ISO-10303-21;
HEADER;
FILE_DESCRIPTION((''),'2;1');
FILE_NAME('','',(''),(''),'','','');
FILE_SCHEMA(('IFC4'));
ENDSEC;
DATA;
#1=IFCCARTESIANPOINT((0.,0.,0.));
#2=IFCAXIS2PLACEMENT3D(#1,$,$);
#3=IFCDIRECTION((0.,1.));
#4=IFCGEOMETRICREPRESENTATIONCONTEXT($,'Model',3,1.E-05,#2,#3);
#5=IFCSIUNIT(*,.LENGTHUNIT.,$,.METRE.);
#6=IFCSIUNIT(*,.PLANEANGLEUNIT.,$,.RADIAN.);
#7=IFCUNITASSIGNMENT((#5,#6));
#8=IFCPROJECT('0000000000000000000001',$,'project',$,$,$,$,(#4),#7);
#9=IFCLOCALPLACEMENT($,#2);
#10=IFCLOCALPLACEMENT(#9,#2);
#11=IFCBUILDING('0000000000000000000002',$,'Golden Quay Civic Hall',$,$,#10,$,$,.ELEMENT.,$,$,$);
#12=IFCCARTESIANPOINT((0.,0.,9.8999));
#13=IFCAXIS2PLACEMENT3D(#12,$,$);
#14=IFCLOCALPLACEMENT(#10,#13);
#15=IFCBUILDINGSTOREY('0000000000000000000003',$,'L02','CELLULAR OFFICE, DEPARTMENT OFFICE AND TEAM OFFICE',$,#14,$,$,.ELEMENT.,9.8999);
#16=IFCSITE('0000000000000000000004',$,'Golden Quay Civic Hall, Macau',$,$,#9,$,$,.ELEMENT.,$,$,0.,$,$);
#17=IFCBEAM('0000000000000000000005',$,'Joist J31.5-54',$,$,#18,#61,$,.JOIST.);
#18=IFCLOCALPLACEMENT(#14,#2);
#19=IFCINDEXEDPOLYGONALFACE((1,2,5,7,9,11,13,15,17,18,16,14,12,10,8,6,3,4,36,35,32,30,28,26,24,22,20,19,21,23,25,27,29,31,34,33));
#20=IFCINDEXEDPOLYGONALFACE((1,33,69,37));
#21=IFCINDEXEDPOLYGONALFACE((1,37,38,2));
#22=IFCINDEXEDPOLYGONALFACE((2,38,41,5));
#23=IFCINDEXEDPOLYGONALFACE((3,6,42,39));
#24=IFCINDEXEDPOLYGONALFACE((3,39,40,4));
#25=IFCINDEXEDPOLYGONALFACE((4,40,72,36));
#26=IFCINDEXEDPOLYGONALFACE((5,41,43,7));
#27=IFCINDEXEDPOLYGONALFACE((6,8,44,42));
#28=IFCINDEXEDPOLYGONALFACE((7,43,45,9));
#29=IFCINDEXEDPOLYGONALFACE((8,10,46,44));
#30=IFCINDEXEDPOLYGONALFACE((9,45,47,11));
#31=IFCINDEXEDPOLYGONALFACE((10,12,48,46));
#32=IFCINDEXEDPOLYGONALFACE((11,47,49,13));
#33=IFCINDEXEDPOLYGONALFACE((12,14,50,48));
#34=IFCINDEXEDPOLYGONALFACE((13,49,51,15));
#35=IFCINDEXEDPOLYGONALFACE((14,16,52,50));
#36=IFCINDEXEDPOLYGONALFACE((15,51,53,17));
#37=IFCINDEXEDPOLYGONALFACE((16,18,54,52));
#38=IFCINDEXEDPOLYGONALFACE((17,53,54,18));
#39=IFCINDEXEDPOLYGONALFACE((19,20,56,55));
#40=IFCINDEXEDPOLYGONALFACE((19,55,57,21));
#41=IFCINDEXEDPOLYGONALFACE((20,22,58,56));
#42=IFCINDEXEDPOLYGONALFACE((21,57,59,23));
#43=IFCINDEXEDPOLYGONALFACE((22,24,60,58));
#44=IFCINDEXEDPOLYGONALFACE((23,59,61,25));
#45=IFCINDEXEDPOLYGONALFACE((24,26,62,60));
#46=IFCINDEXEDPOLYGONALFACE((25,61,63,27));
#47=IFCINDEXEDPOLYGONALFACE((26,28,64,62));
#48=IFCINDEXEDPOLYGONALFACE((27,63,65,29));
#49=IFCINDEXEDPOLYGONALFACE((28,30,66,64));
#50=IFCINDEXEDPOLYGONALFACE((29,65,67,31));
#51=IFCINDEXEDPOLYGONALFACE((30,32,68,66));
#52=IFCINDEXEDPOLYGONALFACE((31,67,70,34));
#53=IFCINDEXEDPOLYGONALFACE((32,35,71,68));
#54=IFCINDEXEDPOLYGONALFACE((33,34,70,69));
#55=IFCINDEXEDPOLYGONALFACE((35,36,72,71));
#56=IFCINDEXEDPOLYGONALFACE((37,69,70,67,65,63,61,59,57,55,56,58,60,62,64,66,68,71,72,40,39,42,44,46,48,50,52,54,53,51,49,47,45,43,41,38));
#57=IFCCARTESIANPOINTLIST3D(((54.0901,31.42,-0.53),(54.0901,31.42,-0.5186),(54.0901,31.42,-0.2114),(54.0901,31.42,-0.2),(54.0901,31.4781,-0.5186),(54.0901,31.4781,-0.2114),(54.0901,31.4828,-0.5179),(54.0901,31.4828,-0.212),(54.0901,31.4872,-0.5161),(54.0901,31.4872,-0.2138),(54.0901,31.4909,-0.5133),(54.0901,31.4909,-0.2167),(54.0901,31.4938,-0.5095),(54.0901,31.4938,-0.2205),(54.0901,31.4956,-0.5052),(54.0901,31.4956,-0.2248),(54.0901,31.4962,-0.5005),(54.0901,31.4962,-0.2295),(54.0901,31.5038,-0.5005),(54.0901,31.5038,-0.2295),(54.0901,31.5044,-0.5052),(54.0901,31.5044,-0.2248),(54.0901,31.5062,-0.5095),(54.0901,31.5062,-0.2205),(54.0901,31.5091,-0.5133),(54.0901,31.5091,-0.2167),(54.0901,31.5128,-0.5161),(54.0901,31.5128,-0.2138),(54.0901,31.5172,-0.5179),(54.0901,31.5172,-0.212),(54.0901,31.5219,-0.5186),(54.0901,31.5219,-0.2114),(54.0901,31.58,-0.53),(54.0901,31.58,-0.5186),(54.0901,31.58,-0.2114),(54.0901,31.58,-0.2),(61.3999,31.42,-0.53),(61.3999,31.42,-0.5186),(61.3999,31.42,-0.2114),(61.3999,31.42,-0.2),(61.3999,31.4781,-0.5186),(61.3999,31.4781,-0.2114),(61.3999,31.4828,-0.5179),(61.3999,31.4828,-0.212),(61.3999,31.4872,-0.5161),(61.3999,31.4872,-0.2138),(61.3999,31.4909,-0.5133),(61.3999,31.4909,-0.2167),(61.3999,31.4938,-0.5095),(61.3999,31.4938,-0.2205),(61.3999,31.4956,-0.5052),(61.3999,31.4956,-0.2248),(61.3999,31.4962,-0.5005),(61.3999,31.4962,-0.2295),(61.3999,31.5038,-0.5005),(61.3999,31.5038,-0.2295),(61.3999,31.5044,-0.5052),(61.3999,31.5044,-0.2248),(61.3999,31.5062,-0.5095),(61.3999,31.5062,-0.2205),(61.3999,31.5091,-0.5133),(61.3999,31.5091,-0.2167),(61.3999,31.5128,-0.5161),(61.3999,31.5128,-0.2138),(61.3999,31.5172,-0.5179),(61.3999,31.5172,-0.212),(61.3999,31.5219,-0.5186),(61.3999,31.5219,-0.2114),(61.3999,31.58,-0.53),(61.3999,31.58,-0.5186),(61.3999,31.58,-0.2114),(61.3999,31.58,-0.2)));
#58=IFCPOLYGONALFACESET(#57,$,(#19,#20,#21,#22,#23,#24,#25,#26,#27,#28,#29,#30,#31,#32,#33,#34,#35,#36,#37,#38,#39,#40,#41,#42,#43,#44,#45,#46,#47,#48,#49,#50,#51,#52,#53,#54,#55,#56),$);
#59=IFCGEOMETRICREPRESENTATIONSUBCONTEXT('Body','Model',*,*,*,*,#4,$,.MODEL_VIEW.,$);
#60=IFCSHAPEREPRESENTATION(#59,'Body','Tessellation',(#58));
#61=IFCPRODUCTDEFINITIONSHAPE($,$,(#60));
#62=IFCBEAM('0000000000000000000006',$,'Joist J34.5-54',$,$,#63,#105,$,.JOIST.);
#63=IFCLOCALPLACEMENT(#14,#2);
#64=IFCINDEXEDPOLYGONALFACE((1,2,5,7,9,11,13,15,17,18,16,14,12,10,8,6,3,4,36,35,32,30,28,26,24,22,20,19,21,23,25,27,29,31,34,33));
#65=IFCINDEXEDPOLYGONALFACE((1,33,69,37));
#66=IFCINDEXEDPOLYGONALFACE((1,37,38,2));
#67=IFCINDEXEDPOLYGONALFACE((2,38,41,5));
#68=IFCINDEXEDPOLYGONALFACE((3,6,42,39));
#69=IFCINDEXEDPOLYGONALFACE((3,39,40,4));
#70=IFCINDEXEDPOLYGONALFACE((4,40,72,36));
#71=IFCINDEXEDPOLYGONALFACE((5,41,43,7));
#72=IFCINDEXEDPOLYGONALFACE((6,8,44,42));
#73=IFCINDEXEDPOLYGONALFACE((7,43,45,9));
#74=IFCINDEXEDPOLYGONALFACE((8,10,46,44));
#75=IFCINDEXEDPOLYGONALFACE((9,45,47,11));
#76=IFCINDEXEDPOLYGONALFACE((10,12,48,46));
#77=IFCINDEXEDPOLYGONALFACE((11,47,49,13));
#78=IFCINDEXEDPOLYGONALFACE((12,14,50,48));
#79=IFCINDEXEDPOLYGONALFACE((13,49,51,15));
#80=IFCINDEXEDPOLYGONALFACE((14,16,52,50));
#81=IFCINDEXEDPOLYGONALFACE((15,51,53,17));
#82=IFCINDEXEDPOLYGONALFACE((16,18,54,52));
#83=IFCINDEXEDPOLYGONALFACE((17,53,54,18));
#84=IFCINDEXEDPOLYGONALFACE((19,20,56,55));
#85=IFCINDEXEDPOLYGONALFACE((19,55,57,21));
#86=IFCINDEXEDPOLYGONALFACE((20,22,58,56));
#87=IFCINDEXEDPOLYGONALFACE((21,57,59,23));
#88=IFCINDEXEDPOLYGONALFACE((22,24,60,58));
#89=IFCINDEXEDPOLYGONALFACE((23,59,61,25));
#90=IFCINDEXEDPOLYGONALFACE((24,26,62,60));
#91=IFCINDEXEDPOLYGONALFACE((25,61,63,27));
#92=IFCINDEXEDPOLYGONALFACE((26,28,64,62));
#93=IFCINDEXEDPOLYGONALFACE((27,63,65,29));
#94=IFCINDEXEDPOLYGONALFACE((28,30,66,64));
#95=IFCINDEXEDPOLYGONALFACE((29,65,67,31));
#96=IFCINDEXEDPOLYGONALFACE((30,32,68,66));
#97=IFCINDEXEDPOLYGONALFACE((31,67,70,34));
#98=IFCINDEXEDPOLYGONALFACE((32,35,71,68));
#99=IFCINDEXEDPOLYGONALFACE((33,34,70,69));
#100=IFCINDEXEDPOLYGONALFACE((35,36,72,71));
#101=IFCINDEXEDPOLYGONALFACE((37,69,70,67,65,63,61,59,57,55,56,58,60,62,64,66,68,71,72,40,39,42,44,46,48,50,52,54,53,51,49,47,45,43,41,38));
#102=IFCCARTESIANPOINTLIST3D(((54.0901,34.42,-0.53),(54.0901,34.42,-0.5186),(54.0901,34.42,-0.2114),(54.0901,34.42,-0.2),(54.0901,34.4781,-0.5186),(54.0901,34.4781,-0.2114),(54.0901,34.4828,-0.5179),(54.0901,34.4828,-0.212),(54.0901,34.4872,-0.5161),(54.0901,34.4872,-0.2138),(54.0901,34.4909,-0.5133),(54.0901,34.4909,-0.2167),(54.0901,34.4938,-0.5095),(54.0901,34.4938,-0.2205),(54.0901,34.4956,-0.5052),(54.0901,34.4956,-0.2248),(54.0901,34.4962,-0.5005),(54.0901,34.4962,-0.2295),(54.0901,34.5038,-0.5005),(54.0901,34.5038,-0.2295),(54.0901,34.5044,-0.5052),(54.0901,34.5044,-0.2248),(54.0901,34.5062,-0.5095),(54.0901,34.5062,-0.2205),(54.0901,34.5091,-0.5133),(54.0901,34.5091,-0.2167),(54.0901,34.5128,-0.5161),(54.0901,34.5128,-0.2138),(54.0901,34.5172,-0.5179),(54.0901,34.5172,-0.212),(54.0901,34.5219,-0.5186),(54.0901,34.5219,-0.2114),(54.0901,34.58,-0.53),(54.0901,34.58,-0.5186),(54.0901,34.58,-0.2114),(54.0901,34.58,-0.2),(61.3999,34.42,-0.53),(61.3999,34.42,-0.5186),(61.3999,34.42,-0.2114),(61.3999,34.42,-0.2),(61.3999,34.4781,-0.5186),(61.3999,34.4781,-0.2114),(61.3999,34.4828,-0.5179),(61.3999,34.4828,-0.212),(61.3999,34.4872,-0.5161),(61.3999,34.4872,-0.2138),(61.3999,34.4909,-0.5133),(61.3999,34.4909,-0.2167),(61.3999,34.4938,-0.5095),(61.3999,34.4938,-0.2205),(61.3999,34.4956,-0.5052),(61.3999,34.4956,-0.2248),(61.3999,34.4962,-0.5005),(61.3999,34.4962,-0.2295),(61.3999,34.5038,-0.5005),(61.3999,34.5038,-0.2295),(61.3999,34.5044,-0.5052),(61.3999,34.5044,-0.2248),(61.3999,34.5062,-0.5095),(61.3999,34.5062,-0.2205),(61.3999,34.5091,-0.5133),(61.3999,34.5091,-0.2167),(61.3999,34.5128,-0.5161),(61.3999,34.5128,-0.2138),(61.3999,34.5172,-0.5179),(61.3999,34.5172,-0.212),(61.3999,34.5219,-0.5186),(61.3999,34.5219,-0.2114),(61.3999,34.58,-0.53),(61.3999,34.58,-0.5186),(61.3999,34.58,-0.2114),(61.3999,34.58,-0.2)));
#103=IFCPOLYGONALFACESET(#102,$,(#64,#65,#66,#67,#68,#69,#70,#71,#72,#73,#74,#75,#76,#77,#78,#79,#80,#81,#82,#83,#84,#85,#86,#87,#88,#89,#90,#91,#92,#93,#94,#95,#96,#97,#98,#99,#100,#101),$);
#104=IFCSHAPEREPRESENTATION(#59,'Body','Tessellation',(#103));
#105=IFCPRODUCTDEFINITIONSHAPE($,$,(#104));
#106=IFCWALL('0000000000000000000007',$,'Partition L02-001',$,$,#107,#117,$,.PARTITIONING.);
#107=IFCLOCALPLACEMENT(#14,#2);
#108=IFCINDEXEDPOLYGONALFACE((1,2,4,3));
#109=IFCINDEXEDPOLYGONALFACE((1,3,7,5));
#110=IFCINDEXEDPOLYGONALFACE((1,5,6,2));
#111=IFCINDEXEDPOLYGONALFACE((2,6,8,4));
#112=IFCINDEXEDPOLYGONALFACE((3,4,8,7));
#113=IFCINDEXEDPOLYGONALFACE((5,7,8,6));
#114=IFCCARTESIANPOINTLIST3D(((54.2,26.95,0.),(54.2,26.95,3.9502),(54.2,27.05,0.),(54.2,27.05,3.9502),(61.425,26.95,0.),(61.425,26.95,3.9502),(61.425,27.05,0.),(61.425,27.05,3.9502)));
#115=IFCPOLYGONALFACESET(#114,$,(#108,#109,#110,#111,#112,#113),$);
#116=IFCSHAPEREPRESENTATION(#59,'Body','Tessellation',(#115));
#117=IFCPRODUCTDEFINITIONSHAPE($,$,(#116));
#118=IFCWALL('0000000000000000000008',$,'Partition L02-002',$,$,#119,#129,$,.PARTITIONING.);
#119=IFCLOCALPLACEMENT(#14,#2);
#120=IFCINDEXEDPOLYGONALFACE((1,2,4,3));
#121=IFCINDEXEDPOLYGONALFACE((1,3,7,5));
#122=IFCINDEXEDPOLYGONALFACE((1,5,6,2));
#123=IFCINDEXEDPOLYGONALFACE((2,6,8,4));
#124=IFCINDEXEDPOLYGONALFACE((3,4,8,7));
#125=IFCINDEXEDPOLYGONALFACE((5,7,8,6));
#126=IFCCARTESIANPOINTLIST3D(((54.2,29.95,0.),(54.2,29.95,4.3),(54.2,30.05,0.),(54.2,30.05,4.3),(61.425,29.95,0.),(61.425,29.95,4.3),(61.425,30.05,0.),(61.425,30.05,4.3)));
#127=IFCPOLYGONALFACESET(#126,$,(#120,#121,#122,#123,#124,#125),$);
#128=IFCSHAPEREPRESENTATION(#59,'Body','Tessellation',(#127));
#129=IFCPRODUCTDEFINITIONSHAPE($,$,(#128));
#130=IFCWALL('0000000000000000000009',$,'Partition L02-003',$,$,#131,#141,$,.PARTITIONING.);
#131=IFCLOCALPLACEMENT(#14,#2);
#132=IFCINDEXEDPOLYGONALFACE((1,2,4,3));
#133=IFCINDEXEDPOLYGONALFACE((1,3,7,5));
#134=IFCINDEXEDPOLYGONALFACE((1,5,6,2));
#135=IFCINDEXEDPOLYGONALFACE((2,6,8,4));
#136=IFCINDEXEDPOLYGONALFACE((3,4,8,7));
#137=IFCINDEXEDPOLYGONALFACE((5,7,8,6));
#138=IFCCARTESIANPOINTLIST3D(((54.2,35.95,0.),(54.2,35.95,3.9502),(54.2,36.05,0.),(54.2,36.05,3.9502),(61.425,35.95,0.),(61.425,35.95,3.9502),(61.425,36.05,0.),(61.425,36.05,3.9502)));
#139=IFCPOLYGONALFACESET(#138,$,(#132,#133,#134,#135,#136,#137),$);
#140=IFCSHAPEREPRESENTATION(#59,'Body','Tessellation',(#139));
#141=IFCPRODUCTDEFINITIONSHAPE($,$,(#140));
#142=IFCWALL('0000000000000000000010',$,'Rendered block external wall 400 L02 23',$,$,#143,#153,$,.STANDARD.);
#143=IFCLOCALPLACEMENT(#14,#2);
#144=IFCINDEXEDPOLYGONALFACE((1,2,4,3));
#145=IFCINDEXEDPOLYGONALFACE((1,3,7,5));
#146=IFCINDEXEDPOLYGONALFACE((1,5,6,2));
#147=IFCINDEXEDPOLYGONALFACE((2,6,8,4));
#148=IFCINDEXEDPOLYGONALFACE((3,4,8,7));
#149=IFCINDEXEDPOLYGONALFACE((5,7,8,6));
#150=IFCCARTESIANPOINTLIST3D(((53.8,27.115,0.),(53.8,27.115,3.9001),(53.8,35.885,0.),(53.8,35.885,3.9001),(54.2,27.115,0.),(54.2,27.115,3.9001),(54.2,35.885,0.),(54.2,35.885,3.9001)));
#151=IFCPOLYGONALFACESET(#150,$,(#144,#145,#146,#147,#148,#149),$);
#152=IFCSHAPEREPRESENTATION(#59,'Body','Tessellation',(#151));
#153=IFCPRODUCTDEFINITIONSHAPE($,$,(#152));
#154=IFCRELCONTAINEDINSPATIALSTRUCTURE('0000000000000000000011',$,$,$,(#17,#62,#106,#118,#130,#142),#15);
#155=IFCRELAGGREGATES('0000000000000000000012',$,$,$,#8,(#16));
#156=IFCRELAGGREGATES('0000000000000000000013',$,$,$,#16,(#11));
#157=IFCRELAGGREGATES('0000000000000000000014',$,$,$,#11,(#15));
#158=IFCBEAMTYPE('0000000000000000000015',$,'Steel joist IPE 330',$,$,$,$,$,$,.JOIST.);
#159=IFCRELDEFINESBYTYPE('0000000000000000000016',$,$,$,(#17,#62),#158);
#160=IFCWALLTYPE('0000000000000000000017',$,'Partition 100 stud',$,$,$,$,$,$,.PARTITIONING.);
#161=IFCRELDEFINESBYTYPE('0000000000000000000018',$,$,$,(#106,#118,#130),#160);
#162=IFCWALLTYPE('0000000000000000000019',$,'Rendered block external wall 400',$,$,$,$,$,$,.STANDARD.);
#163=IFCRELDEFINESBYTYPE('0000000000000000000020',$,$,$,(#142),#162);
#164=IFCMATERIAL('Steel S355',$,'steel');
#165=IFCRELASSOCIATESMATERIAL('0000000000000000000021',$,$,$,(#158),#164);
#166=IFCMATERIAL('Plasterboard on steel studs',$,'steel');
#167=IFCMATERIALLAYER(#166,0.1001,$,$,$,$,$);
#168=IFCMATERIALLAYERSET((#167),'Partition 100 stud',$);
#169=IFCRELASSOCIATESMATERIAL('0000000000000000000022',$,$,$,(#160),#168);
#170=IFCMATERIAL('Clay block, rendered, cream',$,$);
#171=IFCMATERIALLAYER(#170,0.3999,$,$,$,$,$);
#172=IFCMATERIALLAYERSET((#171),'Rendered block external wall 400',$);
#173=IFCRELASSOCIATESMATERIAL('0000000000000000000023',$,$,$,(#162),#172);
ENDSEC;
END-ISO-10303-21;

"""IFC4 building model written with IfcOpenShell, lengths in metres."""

from ifc_helpers import new_model, si_unit, direction, frame, frame_2d, origin, origin_2d, place, context, subcontext, project, spatial, rectangle, i_section, extrude, material, layer, layer_set, material_profile, profile_set, type_object, element, save


model = new_model("IFC4")

# Units and contexts
model_context = context("Model", 3, precision=1e-05, world=origin(), true_north=direction((0.0, 1.0)))
body_context = subcontext(model_context, "Body", "Model", "MODEL_VIEW")
ifc_project = project(units=[si_unit("LENGTHUNIT", "METRE"), si_unit("PLANEANGLEUNIT", "RADIAN")], contexts=[model_context])

# Site, building, storey
site_placement = place(None, origin())
site = spatial("IfcSite", under=ifc_project, at=site_placement, Name="Golden Quay Civic Hall, Macau", CompositionType="ELEMENT", RefElevation=0.0)
building_placement = place(site_placement, origin())
building = spatial("IfcBuilding", under=site, at=building_placement, Name="Golden Quay Civic Hall", CompositionType="ELEMENT")
storey_placement = place(building_placement, frame((0.0, 0.0, 9.8999)))
storey = spatial("IfcBuildingStorey", under=building, at=storey_placement, Name="L02", Description="CELLULAR OFFICE, DEPARTMENT OFFICE AND TEAM OFFICE", CompositionType="ELEMENT", Elevation=9.8999)

# Beams
ifc_material_1 = material(Name="Steel S355", Category="steel")
ifc_material_profile_1 = material_profile(ifc_material_1, i_section(OverallWidth=0.1599, OverallDepth=0.3301, WebThickness=0.0076, FlangeThickness=0.0115, FilletRadius=0.0181, at=origin_2d()), Name="IPE 330")
ifc_profile_set_1 = profile_set([ifc_material_profile_1], Name="Steel S355")
beam_type_1 = type_object("IfcBeamType", Name="Steel joist IPE 330", PredefinedType="JOIST", material=ifc_profile_set_1)
for number, where, z_axis, x_axis, name in (
    (1, (54.0901, 31.5, -0.365), (1.0, 0.0, 0.0), (0.0, 1.0, 0.0), "Joist J31.5-54"),
    (2, (54.0901, 34.5, -0.365), (1.0, 0.0, 0.0), (0.0, 1.0, 0.0), "Joist J34.5-54"),
):
    element("IfcBeam", number, at=place(storey_placement, frame(where, z_axis=z_axis, x_axis=x_axis)), inside=storey, type_object=beam_type_1, Name=name, PredefinedType="JOIST", context=body_context, shape_type="SweptSolid", body=[
        extrude(i_section(OverallWidth=0.1599, OverallDepth=0.3301, WebThickness=0.0076, FlangeThickness=0.0115, FilletRadius=0.0181, at=origin_2d()), origin(), (0.0, 0.0, 1.0), 7.3098),
    ])

# Walls
ifc_material_2 = material(Name="Plasterboard on steel studs", Category="steel")
ifc_layer_1 = layer(ifc_material_2, 0.1001)
ifc_layer_set_1 = layer_set([ifc_layer_1], Name="Partition 100 stud")
wall_type_1 = type_object("IfcWallType", Name="Partition 100 stud", PredefinedType="PARTITIONING", material=ifc_layer_set_1)
wall_1_placement = place(storey_placement, frame((54.2, 27.0, 0.0), z_axis=(0.0, 0.0, 1.0), x_axis=(1.0, 0.0, 0.0)))
element("IfcWall", 3, at=wall_1_placement, inside=storey, type_object=wall_type_1, Name="Partition L02-001", PredefinedType="PARTITIONING", context=body_context, shape_type="SweptSolid", body=[
    extrude(rectangle(XDim=7.2251, YDim=0.1001, at=frame_2d((3.6125, 0.0))), origin(), (0.0, 0.0, 1.0), 3.9502),
])
wall_2_placement = place(storey_placement, frame((54.2, 30.0, 0.0), z_axis=(0.0, 0.0, 1.0), x_axis=(1.0, 0.0, 0.0)))
element("IfcWall", 4, at=wall_2_placement, inside=storey, type_object=wall_type_1, Name="Partition L02-002", PredefinedType="PARTITIONING", context=body_context, shape_type="SweptSolid", body=[
    extrude(rectangle(XDim=7.2251, YDim=0.1001, at=frame_2d((3.6125, 0.0))), origin(), (0.0, 0.0, 1.0), 4.3),
])
wall_3_placement = place(storey_placement, frame((54.2, 36.0, 0.0), z_axis=(0.0, 0.0, 1.0), x_axis=(1.0, 0.0, 0.0)))
element("IfcWall", 5, at=wall_3_placement, inside=storey, type_object=wall_type_1, Name="Partition L02-003", PredefinedType="PARTITIONING", context=body_context, shape_type="SweptSolid", body=[
    extrude(rectangle(XDim=7.2251, YDim=0.1001, at=frame_2d((3.6125, 0.0))), origin(), (0.0, 0.0, 1.0), 3.9502),
])
ifc_material_3 = material(Name="Clay block, rendered, cream")
ifc_layer_2 = layer(ifc_material_3, 0.3999)
ifc_layer_set_2 = layer_set([ifc_layer_2], Name="Rendered block external wall 400")
wall_type_2 = type_object("IfcWallType", Name="Rendered block external wall 400", PredefinedType="STANDARD", material=ifc_layer_set_2)
wall_4_placement = place(storey_placement, frame((54.0, 27.115, 0.0), z_axis=(0.0, 0.0, 1.0), x_axis=(0.0, 1.0, 0.0)))
element("IfcWall", 6, at=wall_4_placement, inside=storey, type_object=wall_type_2, Name="Rendered block external wall 400 L02 23", PredefinedType="STANDARD", context=body_context, shape_type="SweptSolid", body=[
    extrude(rectangle(XDim=8.77, YDim=0.3999, at=frame_2d((4.385, 0.0))), origin(), (0.0, 0.0, 1.0), 3.9001),
])

save(model, "model.ifc")
